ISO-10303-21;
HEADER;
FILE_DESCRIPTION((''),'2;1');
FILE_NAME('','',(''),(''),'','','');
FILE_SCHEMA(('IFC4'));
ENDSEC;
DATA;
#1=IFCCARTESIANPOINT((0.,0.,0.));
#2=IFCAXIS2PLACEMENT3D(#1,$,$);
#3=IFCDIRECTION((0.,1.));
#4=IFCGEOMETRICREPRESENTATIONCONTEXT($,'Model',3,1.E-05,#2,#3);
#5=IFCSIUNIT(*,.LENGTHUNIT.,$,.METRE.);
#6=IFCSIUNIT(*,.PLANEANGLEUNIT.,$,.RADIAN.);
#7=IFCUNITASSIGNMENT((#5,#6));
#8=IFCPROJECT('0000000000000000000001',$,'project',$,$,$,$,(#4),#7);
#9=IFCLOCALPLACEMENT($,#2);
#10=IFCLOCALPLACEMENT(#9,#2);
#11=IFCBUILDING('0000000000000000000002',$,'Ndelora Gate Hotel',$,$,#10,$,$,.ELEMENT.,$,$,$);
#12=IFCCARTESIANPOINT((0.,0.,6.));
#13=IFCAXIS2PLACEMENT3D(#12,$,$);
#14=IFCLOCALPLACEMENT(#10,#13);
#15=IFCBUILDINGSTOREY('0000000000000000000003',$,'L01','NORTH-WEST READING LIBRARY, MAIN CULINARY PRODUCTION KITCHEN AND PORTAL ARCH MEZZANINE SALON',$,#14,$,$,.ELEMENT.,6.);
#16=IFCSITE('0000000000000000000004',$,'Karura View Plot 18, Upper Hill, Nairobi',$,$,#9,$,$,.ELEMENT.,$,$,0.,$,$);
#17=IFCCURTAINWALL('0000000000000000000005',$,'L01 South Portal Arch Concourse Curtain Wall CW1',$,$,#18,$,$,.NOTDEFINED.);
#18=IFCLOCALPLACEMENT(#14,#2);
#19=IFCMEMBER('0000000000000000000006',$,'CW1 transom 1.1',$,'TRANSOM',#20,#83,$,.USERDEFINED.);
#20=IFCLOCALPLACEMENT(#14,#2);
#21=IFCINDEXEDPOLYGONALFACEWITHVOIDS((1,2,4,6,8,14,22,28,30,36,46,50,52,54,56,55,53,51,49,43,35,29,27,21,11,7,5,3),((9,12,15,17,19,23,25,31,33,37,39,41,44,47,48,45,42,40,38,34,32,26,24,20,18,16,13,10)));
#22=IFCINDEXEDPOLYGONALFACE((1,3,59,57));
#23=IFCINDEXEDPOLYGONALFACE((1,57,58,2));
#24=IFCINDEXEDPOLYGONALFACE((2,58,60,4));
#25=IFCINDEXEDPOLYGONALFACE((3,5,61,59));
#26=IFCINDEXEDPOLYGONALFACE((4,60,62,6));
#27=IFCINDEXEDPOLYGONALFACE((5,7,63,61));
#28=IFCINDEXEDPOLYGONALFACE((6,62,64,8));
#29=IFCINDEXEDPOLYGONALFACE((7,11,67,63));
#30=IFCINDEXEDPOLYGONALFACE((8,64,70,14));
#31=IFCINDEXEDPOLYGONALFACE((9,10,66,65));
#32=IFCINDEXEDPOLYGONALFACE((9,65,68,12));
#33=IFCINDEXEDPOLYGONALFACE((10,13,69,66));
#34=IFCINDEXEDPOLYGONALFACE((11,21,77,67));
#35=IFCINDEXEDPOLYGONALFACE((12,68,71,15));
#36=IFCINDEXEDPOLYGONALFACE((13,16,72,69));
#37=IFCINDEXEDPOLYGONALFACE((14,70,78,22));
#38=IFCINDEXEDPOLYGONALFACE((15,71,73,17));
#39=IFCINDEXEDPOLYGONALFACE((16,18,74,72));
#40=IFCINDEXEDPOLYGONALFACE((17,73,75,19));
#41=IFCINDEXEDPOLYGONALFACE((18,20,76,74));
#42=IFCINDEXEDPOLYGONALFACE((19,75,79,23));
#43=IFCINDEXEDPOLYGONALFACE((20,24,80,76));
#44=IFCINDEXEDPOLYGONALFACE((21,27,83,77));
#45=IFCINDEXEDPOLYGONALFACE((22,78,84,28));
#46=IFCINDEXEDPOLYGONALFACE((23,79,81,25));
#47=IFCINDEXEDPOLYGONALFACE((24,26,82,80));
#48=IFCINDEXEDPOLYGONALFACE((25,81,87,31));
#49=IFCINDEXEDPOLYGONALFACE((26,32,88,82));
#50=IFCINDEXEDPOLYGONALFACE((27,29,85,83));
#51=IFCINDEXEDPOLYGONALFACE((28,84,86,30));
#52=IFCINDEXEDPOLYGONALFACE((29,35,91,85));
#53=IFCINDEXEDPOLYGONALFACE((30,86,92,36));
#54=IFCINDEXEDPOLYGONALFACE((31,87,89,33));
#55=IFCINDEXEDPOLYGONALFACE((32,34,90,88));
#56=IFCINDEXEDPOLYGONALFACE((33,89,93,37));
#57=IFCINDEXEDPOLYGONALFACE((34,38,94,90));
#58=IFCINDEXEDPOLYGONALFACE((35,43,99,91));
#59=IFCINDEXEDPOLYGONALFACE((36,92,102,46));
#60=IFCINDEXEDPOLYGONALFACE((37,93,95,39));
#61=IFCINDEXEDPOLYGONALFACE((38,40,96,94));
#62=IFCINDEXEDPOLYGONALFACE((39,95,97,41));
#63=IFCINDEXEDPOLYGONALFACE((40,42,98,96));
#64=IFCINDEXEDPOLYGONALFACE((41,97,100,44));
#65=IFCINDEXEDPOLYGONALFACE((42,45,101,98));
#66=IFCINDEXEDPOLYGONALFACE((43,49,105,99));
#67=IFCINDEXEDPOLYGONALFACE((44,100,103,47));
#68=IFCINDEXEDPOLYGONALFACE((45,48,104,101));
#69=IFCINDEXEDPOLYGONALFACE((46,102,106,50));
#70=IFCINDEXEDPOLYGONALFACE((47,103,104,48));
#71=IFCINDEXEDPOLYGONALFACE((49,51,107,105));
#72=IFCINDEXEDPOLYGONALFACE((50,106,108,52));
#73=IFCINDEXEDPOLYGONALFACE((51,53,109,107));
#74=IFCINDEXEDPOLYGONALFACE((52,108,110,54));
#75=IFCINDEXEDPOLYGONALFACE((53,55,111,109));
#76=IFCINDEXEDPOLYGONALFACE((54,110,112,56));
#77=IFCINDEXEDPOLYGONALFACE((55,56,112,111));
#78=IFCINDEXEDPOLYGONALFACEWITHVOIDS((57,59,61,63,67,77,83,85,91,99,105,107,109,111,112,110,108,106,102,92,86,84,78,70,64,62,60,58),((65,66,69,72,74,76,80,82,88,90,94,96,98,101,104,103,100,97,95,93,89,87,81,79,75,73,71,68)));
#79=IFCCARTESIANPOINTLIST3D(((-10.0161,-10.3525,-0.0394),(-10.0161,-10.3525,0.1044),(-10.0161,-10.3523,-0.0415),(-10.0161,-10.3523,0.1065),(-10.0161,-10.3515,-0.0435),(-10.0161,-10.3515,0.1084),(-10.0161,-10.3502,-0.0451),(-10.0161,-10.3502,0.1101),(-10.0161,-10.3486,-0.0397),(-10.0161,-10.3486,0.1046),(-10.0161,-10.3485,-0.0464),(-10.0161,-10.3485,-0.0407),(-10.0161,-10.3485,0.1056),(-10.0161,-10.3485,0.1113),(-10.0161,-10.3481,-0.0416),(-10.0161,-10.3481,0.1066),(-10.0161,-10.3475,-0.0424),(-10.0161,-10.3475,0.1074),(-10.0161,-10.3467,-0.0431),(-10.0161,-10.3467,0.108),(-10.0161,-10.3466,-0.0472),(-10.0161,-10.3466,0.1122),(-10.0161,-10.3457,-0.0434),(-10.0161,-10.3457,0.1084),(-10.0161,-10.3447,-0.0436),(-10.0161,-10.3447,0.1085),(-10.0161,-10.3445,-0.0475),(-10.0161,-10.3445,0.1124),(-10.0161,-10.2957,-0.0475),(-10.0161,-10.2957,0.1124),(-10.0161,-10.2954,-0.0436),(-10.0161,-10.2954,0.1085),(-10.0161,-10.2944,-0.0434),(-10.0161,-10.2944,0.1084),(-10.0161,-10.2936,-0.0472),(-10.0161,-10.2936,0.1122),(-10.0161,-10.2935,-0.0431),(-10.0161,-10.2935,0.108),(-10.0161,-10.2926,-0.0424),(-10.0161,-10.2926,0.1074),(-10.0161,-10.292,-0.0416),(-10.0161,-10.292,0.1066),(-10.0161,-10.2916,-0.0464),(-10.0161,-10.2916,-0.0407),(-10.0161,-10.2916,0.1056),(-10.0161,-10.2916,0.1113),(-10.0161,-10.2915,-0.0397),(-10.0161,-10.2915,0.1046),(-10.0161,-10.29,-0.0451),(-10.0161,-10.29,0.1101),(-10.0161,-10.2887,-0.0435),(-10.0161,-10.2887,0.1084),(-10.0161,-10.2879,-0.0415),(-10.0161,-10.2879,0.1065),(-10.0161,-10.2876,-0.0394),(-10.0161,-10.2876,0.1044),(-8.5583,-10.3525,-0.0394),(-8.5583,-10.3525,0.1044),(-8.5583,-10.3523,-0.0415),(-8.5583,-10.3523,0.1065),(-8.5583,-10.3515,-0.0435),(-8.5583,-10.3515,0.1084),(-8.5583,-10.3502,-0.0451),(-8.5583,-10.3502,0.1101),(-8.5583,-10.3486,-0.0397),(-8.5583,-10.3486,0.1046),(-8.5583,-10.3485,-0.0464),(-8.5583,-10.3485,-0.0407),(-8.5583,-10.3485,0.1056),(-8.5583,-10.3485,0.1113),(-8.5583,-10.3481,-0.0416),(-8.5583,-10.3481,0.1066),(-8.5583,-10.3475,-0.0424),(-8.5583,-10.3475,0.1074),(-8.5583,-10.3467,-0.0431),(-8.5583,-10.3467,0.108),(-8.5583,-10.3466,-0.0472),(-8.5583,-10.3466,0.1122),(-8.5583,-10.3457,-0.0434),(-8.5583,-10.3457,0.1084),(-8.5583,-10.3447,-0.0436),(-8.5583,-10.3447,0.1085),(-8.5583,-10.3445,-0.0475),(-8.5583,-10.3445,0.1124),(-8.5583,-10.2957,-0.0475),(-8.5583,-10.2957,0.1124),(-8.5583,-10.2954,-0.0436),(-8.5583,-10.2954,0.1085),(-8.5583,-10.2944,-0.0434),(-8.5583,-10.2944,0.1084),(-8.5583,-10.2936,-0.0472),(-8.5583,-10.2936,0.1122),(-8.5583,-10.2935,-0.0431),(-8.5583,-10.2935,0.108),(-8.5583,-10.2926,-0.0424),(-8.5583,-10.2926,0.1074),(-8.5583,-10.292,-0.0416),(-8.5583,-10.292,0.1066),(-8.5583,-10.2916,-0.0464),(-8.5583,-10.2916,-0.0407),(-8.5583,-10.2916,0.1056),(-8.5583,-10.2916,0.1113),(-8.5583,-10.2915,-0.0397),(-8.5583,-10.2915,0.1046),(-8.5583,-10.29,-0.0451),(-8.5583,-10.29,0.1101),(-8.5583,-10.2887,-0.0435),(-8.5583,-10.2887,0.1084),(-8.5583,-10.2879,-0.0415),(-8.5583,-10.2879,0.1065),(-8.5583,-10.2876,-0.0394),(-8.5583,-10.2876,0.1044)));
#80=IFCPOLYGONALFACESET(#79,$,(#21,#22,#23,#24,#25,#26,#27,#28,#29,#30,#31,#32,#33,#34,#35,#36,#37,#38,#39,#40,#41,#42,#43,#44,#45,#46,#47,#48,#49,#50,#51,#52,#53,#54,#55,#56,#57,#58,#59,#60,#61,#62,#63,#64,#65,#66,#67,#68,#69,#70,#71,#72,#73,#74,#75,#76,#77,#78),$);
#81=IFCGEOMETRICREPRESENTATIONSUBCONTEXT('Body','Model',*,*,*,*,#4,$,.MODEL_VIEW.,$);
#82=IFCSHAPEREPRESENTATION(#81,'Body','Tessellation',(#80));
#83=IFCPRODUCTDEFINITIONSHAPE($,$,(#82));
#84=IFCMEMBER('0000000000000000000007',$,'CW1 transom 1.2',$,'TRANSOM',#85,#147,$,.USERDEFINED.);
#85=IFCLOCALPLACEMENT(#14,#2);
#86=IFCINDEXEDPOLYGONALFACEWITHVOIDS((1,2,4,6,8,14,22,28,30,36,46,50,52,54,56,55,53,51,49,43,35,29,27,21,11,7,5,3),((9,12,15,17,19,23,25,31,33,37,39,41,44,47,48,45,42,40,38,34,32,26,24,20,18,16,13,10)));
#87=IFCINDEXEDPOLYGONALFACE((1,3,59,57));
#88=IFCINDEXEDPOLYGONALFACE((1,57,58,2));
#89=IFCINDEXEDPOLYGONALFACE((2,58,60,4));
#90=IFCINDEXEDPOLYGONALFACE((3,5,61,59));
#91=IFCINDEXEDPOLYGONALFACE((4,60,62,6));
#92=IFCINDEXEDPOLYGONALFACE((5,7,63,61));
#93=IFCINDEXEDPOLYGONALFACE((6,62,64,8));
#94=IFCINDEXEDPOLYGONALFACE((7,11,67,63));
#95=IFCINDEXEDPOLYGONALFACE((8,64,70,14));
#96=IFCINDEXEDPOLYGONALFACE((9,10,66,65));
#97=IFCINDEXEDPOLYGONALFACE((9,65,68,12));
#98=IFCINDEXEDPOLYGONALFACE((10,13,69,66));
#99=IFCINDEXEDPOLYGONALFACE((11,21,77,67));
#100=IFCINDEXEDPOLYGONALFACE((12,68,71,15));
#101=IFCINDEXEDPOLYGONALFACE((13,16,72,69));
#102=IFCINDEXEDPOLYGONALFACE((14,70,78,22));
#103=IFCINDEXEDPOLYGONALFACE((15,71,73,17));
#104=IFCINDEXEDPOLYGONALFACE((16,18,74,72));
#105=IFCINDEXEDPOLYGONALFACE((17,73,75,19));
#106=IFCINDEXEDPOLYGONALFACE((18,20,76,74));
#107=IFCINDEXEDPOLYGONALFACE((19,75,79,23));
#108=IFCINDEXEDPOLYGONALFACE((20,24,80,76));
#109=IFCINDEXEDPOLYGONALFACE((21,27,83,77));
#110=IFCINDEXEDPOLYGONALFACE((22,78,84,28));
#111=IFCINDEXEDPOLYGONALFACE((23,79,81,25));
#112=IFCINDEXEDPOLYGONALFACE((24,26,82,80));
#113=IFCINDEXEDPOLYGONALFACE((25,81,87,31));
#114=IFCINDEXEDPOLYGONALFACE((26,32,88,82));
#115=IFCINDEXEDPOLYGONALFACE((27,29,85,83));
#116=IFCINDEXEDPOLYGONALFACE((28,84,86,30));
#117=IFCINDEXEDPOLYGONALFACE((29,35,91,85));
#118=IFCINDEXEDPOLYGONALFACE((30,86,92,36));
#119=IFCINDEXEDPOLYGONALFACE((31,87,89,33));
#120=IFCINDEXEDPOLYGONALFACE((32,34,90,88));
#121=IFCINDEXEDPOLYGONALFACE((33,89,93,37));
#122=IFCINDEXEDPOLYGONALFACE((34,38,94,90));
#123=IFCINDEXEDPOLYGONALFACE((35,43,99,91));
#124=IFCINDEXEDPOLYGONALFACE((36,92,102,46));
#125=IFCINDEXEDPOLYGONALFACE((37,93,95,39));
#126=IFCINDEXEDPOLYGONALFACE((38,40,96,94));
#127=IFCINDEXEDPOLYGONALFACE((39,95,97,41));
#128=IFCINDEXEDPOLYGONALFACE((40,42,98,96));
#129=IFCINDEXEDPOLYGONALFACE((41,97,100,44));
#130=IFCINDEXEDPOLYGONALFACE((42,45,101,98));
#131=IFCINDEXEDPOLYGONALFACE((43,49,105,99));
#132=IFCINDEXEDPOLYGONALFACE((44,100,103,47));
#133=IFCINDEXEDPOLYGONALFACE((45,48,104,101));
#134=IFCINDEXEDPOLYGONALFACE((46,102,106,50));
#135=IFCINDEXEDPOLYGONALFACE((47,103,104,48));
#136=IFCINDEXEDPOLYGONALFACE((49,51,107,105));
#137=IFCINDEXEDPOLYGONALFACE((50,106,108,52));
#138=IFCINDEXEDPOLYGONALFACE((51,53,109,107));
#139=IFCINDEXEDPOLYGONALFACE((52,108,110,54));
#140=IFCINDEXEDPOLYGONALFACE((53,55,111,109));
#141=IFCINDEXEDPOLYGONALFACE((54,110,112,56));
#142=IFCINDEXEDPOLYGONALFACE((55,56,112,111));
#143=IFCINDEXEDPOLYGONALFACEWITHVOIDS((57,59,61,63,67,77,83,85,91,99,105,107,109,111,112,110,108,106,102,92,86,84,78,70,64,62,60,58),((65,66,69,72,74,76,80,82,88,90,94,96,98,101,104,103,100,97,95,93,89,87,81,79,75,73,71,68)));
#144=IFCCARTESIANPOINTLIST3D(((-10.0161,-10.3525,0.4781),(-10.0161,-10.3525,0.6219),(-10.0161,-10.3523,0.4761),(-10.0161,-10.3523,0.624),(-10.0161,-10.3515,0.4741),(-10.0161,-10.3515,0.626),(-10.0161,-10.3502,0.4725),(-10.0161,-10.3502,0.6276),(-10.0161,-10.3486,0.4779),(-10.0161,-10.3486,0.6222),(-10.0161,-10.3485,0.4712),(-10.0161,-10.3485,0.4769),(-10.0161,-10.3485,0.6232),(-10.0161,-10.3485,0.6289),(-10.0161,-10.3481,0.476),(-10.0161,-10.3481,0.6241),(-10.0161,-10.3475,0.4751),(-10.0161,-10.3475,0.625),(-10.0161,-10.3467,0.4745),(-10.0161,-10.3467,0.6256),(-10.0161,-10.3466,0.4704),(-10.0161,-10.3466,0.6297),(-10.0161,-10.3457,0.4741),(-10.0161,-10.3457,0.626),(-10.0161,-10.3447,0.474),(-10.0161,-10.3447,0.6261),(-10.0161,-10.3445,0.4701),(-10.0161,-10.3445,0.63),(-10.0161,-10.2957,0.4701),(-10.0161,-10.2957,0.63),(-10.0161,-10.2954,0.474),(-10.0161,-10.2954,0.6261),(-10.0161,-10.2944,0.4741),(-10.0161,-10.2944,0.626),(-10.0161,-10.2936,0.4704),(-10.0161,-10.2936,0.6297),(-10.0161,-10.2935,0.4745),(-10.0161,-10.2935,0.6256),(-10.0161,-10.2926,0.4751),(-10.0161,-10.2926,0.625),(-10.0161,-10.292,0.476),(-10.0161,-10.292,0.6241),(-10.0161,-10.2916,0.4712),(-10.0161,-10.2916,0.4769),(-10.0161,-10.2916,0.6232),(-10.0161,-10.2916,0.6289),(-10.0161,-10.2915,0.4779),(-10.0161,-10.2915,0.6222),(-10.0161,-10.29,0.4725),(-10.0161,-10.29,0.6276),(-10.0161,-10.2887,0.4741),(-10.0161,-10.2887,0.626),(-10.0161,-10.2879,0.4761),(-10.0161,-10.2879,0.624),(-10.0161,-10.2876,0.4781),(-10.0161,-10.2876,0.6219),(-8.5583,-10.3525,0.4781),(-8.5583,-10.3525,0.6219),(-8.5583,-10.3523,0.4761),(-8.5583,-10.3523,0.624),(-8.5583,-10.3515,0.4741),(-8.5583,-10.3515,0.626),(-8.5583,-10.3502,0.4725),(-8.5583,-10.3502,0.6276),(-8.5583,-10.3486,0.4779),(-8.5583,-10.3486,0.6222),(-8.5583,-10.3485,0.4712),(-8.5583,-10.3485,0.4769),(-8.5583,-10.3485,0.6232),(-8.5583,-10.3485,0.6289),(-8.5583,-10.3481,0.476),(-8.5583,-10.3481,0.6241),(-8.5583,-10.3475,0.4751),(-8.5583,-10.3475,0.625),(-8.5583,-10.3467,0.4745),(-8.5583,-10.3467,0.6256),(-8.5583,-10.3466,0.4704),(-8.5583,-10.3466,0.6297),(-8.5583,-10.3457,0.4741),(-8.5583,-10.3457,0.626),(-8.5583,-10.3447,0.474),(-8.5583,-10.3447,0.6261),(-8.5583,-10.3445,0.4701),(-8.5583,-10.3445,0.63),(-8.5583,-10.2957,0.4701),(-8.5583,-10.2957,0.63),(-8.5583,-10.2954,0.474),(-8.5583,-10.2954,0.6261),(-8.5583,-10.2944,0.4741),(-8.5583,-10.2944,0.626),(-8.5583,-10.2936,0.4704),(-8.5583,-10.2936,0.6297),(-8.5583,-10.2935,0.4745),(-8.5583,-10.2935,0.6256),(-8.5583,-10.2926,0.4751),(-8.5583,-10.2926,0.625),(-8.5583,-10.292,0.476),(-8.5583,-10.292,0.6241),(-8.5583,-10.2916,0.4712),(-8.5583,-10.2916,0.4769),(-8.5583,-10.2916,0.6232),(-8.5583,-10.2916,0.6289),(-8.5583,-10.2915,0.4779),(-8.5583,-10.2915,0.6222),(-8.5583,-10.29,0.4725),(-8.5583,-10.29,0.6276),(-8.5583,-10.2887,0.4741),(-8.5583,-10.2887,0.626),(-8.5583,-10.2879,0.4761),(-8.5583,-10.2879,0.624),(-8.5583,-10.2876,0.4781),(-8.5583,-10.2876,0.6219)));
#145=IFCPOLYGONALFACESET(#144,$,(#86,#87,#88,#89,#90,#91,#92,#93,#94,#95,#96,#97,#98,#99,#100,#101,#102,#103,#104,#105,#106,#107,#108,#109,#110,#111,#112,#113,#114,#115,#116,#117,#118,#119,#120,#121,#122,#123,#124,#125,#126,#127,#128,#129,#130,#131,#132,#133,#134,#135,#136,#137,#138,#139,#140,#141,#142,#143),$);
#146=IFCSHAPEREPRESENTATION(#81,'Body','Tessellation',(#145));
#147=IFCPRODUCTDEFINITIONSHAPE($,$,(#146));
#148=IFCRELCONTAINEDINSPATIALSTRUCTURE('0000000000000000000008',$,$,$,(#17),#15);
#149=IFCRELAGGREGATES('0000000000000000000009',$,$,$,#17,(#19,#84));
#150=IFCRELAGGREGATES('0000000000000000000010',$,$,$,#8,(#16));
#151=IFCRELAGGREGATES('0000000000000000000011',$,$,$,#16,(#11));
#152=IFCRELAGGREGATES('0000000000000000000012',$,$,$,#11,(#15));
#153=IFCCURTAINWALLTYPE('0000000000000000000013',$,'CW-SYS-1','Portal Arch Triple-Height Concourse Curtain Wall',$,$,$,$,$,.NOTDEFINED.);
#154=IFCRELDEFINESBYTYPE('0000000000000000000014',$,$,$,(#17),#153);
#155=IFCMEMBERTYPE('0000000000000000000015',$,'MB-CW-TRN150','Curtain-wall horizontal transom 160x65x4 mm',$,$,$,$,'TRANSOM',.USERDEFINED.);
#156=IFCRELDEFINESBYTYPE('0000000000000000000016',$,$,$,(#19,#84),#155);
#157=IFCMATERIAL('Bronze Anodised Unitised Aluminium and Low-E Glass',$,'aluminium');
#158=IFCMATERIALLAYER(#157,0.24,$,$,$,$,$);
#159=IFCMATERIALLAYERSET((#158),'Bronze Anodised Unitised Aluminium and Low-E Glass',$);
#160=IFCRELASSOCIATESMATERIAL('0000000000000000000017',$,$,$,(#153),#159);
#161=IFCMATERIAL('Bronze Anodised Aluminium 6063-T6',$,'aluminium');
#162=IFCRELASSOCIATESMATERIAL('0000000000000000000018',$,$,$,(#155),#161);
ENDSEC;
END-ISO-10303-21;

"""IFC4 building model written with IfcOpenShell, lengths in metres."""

from ifc_helpers import new_model, si_unit, direction, frame, origin, origin_2d, place, context, subcontext, project, spatial, hollow_rectangle, extrude, material, layer, layer_set, material_profile, profile_set, type_object, element, aggregate, save


model = new_model("IFC4")

# Units and contexts
model_context = context("Model", 3, precision=1e-05, world=origin(), true_north=direction((0.0, 1.0)))
body_context = subcontext(model_context, "Body", "Model", "MODEL_VIEW")
ifc_project = project(units=[si_unit("LENGTHUNIT", "METRE"), si_unit("PLANEANGLEUNIT", "RADIAN")], contexts=[model_context])

# Site, building, storey
site_placement = place(None, origin())
site = spatial("IfcSite", under=ifc_project, at=site_placement, Name="Karura View Plot 18, Upper Hill, Nairobi", CompositionType="ELEMENT", RefElevation=0.0)
building_placement = place(site_placement, origin())
building = spatial("IfcBuilding", under=site, at=building_placement, Name="Ndelora Gate Hotel", CompositionType="ELEMENT")
storey_placement = place(building_placement, frame((0.0, 0.0, 6.0)))
storey = spatial("IfcBuildingStorey", under=building, at=storey_placement, Name="L01", Description="NORTH-WEST READING LIBRARY, MAIN CULINARY PRODUCTION KITCHEN AND PORTAL ARCH MEZZANINE SALON", CompositionType="ELEMENT", Elevation=6.0)

# Curtain wall, members
ifc_material_1 = material(Name="Bronze Anodised Unitised Aluminium and Low-E Glass", Category="aluminium")
ifc_layer_1 = layer(ifc_material_1, 0.24)
ifc_layer_set_1 = layer_set([ifc_layer_1], Name="Bronze Anodised Unitised Aluminium and Low-E Glass")
curtain_wall_type = type_object("IfcCurtainWallType", Name="CW-SYS-1", Description="Portal Arch Triple-Height Concourse Curtain Wall", PredefinedType="NOTDEFINED", material=ifc_layer_set_1)
curtain_wall_placement = place(storey_placement, origin())
curtain_wall = element("IfcCurtainWall", 1, at=curtain_wall_placement, inside=storey, type_object=curtain_wall_type, Name="L01 South Portal Arch Concourse Curtain Wall CW1", PredefinedType="NOTDEFINED")
ifc_material_2 = material(Name="Bronze Anodised Aluminium 6063-T6", Category="aluminium")
ifc_material_profile_1 = material_profile(ifc_material_2, hollow_rectangle(XDim=0.0649, YDim=0.1599, WallThickness=0.0039, InnerFilletRadius=0.0039, OuterFilletRadius=0.0081, at=origin_2d()), Name="ALU 160x65x4")
ifc_profile_set_1 = profile_set([ifc_material_profile_1], Name="Bronze Anodised Aluminium 6063-T6")
member_type_1 = type_object("IfcMemberType", Name="MB-CW-TRN150", Description="Curtain-wall horizontal transom 160x65x4 mm", ElementType="TRANSOM", PredefinedType="USERDEFINED", material=ifc_profile_set_1)
member_1_placement = place(storey_placement, frame((-10.0161, -10.3201, 0.0325), z_axis=(1.0, 0.0, 0.0), x_axis=(0.0, 1.0, 0.0)))
member_1 = element("IfcMember", 2, at=member_1_placement, type_object=member_type_1, Name="CW1 transom 1.1", ObjectType="TRANSOM", PredefinedType="USERDEFINED", context=body_context, shape_type="SweptSolid", body=[
    extrude(hollow_rectangle(XDim=0.0649, YDim=0.1599, WallThickness=0.0039, InnerFilletRadius=0.0039, OuterFilletRadius=0.0081, at=origin_2d()), origin(), (0.0, 0.0, 1.0), 1.4578),
])
member_2_placement = place(storey_placement, frame((-10.0161, -10.3201, 0.55), z_axis=(1.0, 0.0, 0.0), x_axis=(0.0, 1.0, 0.0)))
member_2 = element("IfcMember", 3, at=member_2_placement, type_object=member_type_1, Name="CW1 transom 1.2", ObjectType="TRANSOM", PredefinedType="USERDEFINED", context=body_context, shape_type="SweptSolid", body=[
    extrude(hollow_rectangle(XDim=0.0649, YDim=0.1599, WallThickness=0.0039, InnerFilletRadius=0.0039, OuterFilletRadius=0.0081, at=origin_2d()), origin(), (0.0, 0.0, 1.0), 1.4578),
])
aggregate(curtain_wall, [member_1, member_2])

save(model, "model.ifc")
